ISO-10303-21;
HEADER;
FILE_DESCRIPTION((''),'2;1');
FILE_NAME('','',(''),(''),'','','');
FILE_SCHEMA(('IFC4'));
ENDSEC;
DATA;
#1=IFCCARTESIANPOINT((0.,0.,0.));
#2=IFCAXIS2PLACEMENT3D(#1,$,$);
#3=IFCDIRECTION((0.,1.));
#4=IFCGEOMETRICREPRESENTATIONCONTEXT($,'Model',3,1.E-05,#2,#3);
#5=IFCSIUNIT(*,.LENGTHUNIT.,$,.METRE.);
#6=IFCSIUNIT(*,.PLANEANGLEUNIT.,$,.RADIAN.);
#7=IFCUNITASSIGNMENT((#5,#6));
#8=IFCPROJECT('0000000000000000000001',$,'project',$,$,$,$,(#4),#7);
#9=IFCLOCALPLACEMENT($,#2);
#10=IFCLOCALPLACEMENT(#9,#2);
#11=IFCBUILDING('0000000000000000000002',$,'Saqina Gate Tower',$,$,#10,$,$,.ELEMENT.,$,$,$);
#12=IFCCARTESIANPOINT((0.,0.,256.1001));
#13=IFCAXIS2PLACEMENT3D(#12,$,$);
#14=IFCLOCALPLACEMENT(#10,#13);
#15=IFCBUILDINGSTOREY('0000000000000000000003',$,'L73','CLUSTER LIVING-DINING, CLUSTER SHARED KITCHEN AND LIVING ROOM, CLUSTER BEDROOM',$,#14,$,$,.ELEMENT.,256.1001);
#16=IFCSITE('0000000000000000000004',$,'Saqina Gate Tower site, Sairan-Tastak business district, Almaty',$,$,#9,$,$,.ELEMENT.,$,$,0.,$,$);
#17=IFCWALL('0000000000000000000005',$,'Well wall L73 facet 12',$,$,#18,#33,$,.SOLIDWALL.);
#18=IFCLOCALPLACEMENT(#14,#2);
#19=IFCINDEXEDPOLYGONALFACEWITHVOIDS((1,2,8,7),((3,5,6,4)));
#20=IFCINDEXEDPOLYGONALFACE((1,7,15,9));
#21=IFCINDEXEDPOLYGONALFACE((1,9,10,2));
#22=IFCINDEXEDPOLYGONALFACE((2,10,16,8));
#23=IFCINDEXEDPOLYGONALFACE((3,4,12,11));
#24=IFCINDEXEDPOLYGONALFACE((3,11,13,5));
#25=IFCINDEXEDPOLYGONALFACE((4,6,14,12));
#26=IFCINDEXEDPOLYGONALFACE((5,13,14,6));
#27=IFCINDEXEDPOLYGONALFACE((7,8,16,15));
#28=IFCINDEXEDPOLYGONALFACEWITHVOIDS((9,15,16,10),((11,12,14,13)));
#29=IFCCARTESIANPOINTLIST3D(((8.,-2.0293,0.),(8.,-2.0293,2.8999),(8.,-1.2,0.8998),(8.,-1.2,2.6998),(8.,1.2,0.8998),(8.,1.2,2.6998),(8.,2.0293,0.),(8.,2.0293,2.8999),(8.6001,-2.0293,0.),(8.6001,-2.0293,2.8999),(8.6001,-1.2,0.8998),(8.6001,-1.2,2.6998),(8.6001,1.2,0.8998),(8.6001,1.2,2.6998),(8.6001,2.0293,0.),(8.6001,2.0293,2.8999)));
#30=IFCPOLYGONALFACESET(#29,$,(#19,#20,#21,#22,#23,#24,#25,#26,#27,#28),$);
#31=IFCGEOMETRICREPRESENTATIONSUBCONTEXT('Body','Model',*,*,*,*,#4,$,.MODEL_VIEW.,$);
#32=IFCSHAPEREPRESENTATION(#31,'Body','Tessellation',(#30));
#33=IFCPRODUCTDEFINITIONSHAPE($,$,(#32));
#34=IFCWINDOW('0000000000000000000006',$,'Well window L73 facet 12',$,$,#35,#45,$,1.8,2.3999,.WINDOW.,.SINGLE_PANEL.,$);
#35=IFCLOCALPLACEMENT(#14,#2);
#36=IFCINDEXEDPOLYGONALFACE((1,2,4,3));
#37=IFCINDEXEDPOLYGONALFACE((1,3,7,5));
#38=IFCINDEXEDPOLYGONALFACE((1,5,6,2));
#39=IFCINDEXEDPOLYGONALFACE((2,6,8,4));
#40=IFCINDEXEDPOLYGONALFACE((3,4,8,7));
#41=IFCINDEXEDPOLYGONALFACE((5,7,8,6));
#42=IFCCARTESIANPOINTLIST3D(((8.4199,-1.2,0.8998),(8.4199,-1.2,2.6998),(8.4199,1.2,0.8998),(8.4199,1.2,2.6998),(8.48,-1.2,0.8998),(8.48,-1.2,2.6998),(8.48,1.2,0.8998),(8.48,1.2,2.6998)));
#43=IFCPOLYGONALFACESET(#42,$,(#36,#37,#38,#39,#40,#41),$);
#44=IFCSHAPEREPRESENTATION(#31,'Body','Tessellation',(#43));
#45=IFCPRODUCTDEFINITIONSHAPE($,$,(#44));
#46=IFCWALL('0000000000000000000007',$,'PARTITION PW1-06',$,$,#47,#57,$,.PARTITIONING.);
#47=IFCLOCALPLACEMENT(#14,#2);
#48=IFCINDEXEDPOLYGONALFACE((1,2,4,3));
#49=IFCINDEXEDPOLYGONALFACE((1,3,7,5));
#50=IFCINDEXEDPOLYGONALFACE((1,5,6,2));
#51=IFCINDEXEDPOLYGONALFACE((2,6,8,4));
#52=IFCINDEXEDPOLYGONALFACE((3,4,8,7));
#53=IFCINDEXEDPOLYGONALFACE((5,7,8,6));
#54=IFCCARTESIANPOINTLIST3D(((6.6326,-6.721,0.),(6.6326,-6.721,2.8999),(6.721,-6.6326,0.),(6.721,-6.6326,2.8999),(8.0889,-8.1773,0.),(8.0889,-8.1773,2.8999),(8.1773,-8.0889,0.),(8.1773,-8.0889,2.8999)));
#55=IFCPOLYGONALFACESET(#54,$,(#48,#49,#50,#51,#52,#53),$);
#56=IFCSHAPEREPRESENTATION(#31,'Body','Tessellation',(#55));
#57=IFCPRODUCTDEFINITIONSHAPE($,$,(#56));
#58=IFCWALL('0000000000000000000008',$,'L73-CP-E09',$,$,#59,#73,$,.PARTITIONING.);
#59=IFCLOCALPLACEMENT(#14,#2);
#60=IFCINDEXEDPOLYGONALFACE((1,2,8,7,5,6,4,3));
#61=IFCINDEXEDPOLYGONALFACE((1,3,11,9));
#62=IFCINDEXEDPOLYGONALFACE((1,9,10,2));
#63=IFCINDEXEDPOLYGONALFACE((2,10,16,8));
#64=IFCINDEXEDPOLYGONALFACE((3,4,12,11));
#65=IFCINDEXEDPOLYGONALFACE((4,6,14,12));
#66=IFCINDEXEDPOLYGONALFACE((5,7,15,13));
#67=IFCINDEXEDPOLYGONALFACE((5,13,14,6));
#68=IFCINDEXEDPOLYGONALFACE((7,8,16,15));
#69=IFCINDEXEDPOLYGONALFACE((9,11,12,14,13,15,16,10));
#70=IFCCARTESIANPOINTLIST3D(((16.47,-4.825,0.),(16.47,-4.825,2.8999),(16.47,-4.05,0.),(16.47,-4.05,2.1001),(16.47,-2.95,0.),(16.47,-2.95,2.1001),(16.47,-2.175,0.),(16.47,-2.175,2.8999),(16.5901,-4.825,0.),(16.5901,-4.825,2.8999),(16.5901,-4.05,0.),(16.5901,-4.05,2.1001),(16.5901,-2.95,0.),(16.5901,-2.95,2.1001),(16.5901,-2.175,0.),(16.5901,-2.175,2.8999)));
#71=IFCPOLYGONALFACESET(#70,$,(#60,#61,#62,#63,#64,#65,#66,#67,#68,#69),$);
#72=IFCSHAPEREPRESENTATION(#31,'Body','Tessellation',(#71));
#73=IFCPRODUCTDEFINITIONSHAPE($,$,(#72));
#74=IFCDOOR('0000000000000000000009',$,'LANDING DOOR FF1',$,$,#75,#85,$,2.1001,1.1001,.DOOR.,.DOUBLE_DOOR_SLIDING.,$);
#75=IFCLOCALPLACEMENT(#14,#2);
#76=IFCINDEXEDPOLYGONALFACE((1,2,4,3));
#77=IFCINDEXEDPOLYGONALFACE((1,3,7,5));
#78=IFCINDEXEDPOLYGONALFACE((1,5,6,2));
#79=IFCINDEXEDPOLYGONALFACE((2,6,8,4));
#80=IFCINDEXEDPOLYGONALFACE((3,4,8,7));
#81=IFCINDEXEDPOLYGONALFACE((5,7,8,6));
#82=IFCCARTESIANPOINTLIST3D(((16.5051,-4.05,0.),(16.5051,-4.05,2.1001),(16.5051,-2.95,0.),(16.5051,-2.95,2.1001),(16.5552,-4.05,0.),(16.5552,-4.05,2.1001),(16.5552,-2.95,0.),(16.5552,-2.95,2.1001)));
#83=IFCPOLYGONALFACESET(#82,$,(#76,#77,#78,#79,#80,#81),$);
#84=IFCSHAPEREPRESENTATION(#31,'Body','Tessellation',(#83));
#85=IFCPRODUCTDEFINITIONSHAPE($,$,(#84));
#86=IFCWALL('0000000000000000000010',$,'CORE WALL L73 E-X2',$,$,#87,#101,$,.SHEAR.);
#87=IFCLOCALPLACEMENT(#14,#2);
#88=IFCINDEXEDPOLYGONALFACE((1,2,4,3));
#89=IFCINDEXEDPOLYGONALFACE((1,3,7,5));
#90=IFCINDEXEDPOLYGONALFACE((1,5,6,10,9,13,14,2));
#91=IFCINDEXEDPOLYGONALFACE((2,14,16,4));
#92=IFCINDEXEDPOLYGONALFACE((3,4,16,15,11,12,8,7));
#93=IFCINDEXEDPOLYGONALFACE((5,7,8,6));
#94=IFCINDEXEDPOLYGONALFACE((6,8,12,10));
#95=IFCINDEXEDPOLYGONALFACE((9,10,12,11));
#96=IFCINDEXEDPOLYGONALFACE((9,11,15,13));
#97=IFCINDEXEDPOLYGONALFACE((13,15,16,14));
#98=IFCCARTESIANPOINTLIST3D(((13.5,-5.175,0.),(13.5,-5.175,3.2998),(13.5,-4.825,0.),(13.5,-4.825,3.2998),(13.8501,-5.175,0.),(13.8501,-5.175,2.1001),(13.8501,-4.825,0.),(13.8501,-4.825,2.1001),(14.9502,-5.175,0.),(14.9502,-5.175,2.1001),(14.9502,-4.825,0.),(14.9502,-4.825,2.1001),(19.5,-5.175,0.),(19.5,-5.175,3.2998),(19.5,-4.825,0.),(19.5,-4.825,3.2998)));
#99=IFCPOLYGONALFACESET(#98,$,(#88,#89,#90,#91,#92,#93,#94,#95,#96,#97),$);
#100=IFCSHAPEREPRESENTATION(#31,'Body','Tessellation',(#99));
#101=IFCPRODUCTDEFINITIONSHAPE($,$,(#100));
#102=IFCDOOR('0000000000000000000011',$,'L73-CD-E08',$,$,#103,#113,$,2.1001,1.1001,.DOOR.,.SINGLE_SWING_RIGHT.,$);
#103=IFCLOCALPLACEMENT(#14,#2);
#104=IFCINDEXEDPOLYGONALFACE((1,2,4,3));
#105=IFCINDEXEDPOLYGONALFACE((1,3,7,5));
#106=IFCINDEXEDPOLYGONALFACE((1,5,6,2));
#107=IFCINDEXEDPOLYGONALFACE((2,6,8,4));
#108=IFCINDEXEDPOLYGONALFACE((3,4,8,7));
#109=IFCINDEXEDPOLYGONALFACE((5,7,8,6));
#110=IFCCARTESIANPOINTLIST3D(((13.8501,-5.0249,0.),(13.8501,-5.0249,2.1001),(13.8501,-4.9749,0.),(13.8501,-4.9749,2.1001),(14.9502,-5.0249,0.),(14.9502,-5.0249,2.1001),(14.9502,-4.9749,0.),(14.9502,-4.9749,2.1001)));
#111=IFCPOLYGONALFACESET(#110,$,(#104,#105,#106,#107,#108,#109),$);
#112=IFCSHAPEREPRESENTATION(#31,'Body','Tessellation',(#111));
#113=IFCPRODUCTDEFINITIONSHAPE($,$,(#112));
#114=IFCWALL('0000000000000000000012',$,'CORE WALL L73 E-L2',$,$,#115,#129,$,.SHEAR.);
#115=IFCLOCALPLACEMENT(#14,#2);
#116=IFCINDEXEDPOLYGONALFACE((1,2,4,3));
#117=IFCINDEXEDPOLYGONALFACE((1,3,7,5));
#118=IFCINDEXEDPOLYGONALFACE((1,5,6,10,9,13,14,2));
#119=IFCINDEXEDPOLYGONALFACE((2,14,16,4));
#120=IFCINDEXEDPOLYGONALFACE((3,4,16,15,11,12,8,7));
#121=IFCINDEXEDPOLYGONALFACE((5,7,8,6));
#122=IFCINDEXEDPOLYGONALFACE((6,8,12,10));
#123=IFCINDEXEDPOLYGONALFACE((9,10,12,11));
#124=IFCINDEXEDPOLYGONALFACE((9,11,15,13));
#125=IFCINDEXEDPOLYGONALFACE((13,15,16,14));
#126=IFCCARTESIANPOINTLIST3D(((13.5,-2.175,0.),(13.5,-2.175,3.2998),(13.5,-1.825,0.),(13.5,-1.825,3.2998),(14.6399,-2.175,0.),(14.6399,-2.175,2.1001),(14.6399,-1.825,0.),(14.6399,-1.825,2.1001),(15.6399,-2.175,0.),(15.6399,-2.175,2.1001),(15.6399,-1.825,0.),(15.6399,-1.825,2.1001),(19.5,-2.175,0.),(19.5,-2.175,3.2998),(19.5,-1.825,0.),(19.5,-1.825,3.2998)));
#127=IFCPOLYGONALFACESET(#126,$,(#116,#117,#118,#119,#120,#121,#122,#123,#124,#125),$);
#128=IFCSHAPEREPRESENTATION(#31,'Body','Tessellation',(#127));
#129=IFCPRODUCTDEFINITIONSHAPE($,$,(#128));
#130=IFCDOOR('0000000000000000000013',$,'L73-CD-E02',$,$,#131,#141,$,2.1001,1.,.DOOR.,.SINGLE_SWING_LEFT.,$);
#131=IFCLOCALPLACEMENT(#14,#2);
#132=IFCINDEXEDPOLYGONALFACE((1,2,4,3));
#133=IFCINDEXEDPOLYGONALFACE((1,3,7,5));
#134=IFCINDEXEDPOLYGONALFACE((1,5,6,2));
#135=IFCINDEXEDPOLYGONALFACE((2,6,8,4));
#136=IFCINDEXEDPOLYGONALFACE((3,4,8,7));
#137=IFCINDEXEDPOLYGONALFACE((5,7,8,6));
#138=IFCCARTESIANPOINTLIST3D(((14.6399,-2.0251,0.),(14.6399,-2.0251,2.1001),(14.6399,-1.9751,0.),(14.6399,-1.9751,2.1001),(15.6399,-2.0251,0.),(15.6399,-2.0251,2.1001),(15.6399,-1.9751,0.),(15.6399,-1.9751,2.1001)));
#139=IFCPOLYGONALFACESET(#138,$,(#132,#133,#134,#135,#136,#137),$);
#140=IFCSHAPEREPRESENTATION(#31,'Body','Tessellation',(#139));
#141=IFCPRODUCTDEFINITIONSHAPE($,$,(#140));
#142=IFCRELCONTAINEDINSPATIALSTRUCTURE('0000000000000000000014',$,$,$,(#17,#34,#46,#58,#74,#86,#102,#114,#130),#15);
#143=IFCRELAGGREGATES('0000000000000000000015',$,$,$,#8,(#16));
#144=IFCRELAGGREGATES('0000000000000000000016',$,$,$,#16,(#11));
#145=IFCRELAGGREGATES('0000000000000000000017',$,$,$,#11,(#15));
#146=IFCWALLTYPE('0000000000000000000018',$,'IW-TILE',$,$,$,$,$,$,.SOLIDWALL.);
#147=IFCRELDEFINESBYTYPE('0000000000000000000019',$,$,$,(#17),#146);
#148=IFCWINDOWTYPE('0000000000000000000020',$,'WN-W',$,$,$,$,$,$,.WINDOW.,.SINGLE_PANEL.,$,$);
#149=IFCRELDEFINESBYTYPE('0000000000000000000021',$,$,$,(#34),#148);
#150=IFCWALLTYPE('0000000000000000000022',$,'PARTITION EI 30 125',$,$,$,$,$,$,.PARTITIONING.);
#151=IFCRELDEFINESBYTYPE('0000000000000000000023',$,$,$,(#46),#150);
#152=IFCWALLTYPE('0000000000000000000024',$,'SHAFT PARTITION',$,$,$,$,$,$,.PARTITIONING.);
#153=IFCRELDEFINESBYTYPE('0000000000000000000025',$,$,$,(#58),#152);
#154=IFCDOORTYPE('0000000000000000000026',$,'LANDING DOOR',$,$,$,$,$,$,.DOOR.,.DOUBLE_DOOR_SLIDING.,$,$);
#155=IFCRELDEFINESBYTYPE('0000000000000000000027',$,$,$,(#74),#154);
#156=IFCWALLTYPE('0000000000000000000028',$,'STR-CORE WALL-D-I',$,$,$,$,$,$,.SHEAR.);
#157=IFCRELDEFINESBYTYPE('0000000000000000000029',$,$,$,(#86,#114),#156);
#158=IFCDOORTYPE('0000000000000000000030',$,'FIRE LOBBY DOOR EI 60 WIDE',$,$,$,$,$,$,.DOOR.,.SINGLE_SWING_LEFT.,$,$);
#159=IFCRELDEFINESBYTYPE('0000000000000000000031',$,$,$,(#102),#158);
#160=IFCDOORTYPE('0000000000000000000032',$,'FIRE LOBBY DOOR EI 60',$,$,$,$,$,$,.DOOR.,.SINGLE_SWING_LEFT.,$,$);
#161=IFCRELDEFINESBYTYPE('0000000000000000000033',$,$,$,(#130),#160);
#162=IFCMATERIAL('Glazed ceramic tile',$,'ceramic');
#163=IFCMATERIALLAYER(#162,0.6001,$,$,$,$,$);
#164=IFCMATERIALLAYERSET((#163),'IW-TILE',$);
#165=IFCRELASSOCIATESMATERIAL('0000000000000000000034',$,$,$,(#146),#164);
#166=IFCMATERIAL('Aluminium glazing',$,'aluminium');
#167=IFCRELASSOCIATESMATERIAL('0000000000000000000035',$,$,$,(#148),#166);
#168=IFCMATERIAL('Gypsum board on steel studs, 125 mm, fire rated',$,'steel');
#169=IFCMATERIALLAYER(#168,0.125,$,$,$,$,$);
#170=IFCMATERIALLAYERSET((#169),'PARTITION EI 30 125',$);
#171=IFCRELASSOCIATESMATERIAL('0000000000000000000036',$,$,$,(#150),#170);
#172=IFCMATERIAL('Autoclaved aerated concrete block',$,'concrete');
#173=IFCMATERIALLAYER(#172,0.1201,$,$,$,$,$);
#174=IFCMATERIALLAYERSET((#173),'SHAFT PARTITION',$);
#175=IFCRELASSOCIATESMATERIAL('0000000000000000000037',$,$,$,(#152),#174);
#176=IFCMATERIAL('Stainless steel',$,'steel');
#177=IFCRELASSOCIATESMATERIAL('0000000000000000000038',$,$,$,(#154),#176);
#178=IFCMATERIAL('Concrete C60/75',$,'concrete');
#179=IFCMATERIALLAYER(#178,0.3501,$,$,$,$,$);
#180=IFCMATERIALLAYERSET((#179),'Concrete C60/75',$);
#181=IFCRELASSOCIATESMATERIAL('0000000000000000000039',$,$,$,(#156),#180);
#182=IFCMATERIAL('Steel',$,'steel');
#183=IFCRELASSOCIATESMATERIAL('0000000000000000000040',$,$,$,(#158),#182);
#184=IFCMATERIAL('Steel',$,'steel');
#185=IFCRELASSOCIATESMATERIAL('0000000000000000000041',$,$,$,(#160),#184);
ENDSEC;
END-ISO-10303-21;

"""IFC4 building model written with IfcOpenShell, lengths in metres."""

from ifc_helpers import new_model, si_unit, direction, frame, frame_2d, origin, place, context, subcontext, project, spatial, rectangle, extrude, material, layer, layer_set, type_object, element, fill, save


model = new_model("IFC4")

# Units and contexts
model_context = context("Model", 3, precision=1e-05, world=origin(), true_north=direction((0.0, 1.0)))
body_context = subcontext(model_context, "Body", "Model", "MODEL_VIEW")
ifc_project = project(units=[si_unit("LENGTHUNIT", "METRE"), si_unit("PLANEANGLEUNIT", "RADIAN")], contexts=[model_context])

# Site, building, storey
site_placement = place(None, origin())
site = spatial("IfcSite", under=ifc_project, at=site_placement, Name="Saqina Gate Tower site, Sairan-Tastak business district, Almaty", CompositionType="ELEMENT", RefElevation=0.0)
building_placement = place(site_placement, origin())
building = spatial("IfcBuilding", under=site, at=building_placement, Name="Saqina Gate Tower", CompositionType="ELEMENT")
storey_placement = place(building_placement, frame((0.0, 0.0, 256.1001)))
storey = spatial("IfcBuildingStorey", under=building, at=storey_placement, Name="L73", Description="CLUSTER LIVING-DINING, CLUSTER SHARED KITCHEN AND LIVING ROOM, CLUSTER BEDROOM", CompositionType="ELEMENT", Elevation=256.1001)

# Wall, opening, window
ifc_material_1 = material(Name="Glazed ceramic tile", Category="ceramic")
ifc_layer_1 = layer(ifc_material_1, 0.6001)
ifc_layer_set_1 = layer_set([ifc_layer_1], Name="IW-TILE")
wall_type_1 = type_object("IfcWallType", Name="IW-TILE", PredefinedType="SOLIDWALL", material=ifc_layer_set_1)
ifc_material_2 = material(Name="Aluminium glazing", Category="aluminium")
window_type = type_object("IfcWindowType", Name="WN-W", PartitioningType="SINGLE_PANEL", PredefinedType="WINDOW", material=ifc_material_2)
wall_1_placement = place(storey_placement, frame((8.3, -2.0293, 0.0), z_axis=(0.0, 0.0, 1.0), x_axis=(0.0, 1.0, 0.0)))
wall_1 = element("IfcWall", 1, at=wall_1_placement, inside=storey, type_object=wall_type_1, Name="Well wall L73 facet 12", PredefinedType="SOLIDWALL", context=body_context, shape_type="SweptSolid", body=[
    extrude(rectangle(XDim=4.0586, YDim=0.6001, at=frame_2d((2.0293, 0.0))), origin(), (0.0, 0.0, 1.0), 2.8999),
])
opening_1_placement = place(wall_1_placement, frame((0.8293, 0.0, 0.8999)))
opening_1 = element("IfcOpeningElement", 2, at=opening_1_placement, cuts=wall_1, PredefinedType="OPENING", context=body_context, shape_type="SweptSolid", body=[
    extrude(rectangle(XDim=2.3999, YDim=1.8, at=frame_2d((1.2, 0.8999))), frame((0.0, 0.312, 0.0), z_axis=(0.0, -1.0, 0.0), x_axis=(1.0, 0.0, 0.0)), (0.0, 0.0, 1.0), 0.624),
])
window_1_placement = place(opening_1_placement, origin())
window_1 = element("IfcWindow", 3, at=window_1_placement, inside=storey, type_object=window_type, Name="Well window L73 facet 12", OverallHeight=1.8, OverallWidth=2.3999, PartitioningType="SINGLE_PANEL", PredefinedType="WINDOW", context=body_context, shape_type="SweptSolid", body=[
    extrude(rectangle(XDim=2.3999, YDim=1.8, at=frame_2d((1.2, 0.8999))), frame((0.0, -0.1199, 0.0), z_axis=(0.0, -1.0, 0.0), x_axis=(1.0, 0.0, 0.0)), (0.0, 0.0, 1.0), 0.0601),
])
fill(opening_1, window_1)

# Wall
ifc_material_3 = material(Name="Gypsum board on steel studs, 125 mm, fire rated", Category="steel")
ifc_layer_2 = layer(ifc_material_3, 0.125)
ifc_layer_set_2 = layer_set([ifc_layer_2], Name="PARTITION EI 30 125")
wall_type_2 = type_object("IfcWallType", Name="PARTITION EI 30 125", PredefinedType="PARTITIONING", material=ifc_layer_set_2)
wall_2_placement = place(storey_placement, frame((6.6768, -6.6768, 0.0), z_axis=(0.0, 0.0, 1.0), x_axis=(0.707107, -0.707107, 0.0)))
element("IfcWall", 4, at=wall_2_placement, inside=storey, type_object=wall_type_2, Name="PARTITION PW1-06", PredefinedType="PARTITIONING", context=body_context, shape_type="SweptSolid", body=[
    extrude(rectangle(XDim=2.0596, YDim=0.125, at=frame_2d((1.0298, 0.0))), origin(), (0.0, 0.0, 1.0), 2.8999),
])

# Walls, openings, doors
ifc_material_4 = material(Name="Autoclaved aerated concrete block", Category="concrete")
ifc_layer_3 = layer(ifc_material_4, 0.1201)
ifc_layer_set_3 = layer_set([ifc_layer_3], Name="SHAFT PARTITION")
wall_type_3 = type_object("IfcWallType", Name="SHAFT PARTITION", PredefinedType="PARTITIONING", material=ifc_layer_set_3)
wall_3_placement = place(storey_placement, frame((16.53, -4.825, 0.0), z_axis=(0.0, 0.0, 1.0), x_axis=(0.0, 1.0, 0.0)))
wall_3 = element("IfcWall", 5, at=wall_3_placement, inside=storey, type_object=wall_type_3, Name="L73-CP-E09", PredefinedType="PARTITIONING", context=body_context, shape_type="SweptSolid", body=[
    extrude(rectangle(XDim=2.6499, YDim=0.1201, at=frame_2d((1.325, 0.0))), origin(), (0.0, 0.0, 1.0), 2.8999),
])
opening_2_placement = place(wall_3_placement, frame((0.7749, 0.0, 0.0)))
opening_2 = element("IfcOpeningElement", 6, at=opening_2_placement, cuts=wall_3, PredefinedType="OPENING", context=body_context, shape_type="SweptSolid", body=[
    extrude(rectangle(XDim=1.1001, YDim=2.1001, at=frame_2d((0.55, 1.05))), frame((0.0, 0.072, 0.0), z_axis=(0.0, -1.0, 0.0), x_axis=(1.0, 0.0, 0.0)), (0.0, 0.0, 1.0), 0.144),
])
ifc_material_5 = material(Name="Stainless steel", Category="steel")
door_type_1 = type_object("IfcDoorType", Name="LANDING DOOR", OperationType="DOUBLE_DOOR_SLIDING", PredefinedType="DOOR", material=ifc_material_5)
door_1_placement = place(opening_2_placement, origin())
door_1 = element("IfcDoor", 7, at=door_1_placement, inside=storey, type_object=door_type_1, Name="LANDING DOOR FF1", OperationType="DOUBLE_DOOR_SLIDING", OverallHeight=2.1001, OverallWidth=1.1001, PredefinedType="DOOR", context=body_context, shape_type="SweptSolid", body=[
    extrude(rectangle(XDim=1.1001, YDim=2.1001, at=frame_2d((0.55, 1.05))), frame((0.0, 0.0249, 0.0), z_axis=(0.0, -1.0, 0.0), x_axis=(1.0, 0.0, 0.0)), (0.0, 0.0, 1.0), 0.05),
])
fill(opening_2, door_1)
ifc_material_6 = material(Name="Concrete C60/75", Category="concrete")
ifc_layer_4 = layer(ifc_material_6, 0.3501)
ifc_layer_set_4 = layer_set([ifc_layer_4], Name="Concrete C60/75")
wall_type_4 = type_object("IfcWallType", Name="STR-CORE WALL-D-I", PredefinedType="SHEAR", material=ifc_layer_set_4)
wall_4_placement = place(storey_placement, frame((13.5, -5.0, 0.0), z_axis=(0.0, 0.0, 1.0), x_axis=(1.0, 0.0, 0.0)))
wall_4 = element("IfcWall", 8, at=wall_4_placement, inside=storey, type_object=wall_type_4, Name="CORE WALL L73 E-X2", PredefinedType="SHEAR", context=body_context, shape_type="SweptSolid", body=[
    extrude(rectangle(XDim=6.0, YDim=0.3501, at=frame_2d((3.0, 0.0))), origin(), (0.0, 0.0, 1.0), 3.2998),
])
opening_3_placement = place(wall_4_placement, frame((0.3501, 0.0, 0.0)))
opening_3 = element("IfcOpeningElement", 9, at=opening_3_placement, cuts=wall_4, PredefinedType="OPENING", context=body_context, shape_type="SweptSolid", body=[
    extrude(rectangle(XDim=1.1001, YDim=2.1001, at=frame_2d((0.55, 1.05))), frame((0.0, 0.187, 0.0), z_axis=(0.0, -1.0, 0.0), x_axis=(1.0, 0.0, 0.0)), (0.0, 0.0, 1.0), 0.374),
])
ifc_material_7 = material(Name="Steel", Category="steel")
door_type_2 = type_object("IfcDoorType", Name="FIRE LOBBY DOOR EI 60 WIDE", OperationType="SINGLE_SWING_LEFT", PredefinedType="DOOR", material=ifc_material_7)
door_2_placement = place(opening_3_placement, frame((1.1001, 0.0, 0.0), z_axis=(0.0, 0.0, 1.0), x_axis=(-1.0, 0.0, 0.0)))
door_2 = element("IfcDoor", 10, at=door_2_placement, inside=storey, type_object=door_type_2, Name="L73-CD-E08", OperationType="SINGLE_SWING_RIGHT", OverallHeight=2.1001, OverallWidth=1.1001, PredefinedType="DOOR", context=body_context, shape_type="SweptSolid", body=[
    extrude(rectangle(XDim=1.1001, YDim=2.1001, at=frame_2d((0.55, 1.05))), frame((0.0, 0.0249, 0.0), z_axis=(0.0, -1.0, 0.0), x_axis=(1.0, 0.0, 0.0)), (0.0, 0.0, 1.0), 0.05),
])
fill(opening_3, door_2)
wall_5_placement = place(storey_placement, frame((13.5, -2.0, 0.0), z_axis=(0.0, 0.0, 1.0), x_axis=(1.0, 0.0, 0.0)))
wall_5 = element("IfcWall", 11, at=wall_5_placement, inside=storey, type_object=wall_type_4, Name="CORE WALL L73 E-L2", PredefinedType="SHEAR", context=body_context, shape_type="SweptSolid", body=[
    extrude(rectangle(XDim=6.0, YDim=0.3501, at=frame_2d((3.0, 0.0))), origin(), (0.0, 0.0, 1.0), 3.2998),
])
opening_4_placement = place(wall_5_placement, frame((1.1399, 0.0, 0.0)))
opening_4 = element("IfcOpeningElement", 12, at=opening_4_placement, cuts=wall_5, PredefinedType="OPENING", context=body_context, shape_type="SweptSolid", body=[
    extrude(rectangle(XDim=1.0, YDim=2.1001, at=frame_2d((0.5, 1.05))), frame((0.0, 0.187, 0.0), z_axis=(0.0, -1.0, 0.0), x_axis=(1.0, 0.0, 0.0)), (0.0, 0.0, 1.0), 0.374),
])
ifc_material_8 = material(Name="Steel", Category="steel")
door_type_3 = type_object("IfcDoorType", Name="FIRE LOBBY DOOR EI 60", OperationType="SINGLE_SWING_LEFT", PredefinedType="DOOR", material=ifc_material_8)
door_3_placement = place(opening_4_placement, origin())
door_3 = element("IfcDoor", 13, at=door_3_placement, inside=storey, type_object=door_type_3, Name="L73-CD-E02", OperationType="SINGLE_SWING_LEFT", OverallHeight=2.1001, OverallWidth=1.0, PredefinedType="DOOR", context=body_context, shape_type="SweptSolid", body=[
    extrude(rectangle(XDim=1.0, YDim=2.1001, at=frame_2d((0.5, 1.05))), frame((0.0, 0.0249, 0.0), z_axis=(0.0, -1.0, 0.0), x_axis=(1.0, 0.0, 0.0)), (0.0, 0.0, 1.0), 0.05),
])
fill(opening_4, door_3)

save(model, "model.ifc")
